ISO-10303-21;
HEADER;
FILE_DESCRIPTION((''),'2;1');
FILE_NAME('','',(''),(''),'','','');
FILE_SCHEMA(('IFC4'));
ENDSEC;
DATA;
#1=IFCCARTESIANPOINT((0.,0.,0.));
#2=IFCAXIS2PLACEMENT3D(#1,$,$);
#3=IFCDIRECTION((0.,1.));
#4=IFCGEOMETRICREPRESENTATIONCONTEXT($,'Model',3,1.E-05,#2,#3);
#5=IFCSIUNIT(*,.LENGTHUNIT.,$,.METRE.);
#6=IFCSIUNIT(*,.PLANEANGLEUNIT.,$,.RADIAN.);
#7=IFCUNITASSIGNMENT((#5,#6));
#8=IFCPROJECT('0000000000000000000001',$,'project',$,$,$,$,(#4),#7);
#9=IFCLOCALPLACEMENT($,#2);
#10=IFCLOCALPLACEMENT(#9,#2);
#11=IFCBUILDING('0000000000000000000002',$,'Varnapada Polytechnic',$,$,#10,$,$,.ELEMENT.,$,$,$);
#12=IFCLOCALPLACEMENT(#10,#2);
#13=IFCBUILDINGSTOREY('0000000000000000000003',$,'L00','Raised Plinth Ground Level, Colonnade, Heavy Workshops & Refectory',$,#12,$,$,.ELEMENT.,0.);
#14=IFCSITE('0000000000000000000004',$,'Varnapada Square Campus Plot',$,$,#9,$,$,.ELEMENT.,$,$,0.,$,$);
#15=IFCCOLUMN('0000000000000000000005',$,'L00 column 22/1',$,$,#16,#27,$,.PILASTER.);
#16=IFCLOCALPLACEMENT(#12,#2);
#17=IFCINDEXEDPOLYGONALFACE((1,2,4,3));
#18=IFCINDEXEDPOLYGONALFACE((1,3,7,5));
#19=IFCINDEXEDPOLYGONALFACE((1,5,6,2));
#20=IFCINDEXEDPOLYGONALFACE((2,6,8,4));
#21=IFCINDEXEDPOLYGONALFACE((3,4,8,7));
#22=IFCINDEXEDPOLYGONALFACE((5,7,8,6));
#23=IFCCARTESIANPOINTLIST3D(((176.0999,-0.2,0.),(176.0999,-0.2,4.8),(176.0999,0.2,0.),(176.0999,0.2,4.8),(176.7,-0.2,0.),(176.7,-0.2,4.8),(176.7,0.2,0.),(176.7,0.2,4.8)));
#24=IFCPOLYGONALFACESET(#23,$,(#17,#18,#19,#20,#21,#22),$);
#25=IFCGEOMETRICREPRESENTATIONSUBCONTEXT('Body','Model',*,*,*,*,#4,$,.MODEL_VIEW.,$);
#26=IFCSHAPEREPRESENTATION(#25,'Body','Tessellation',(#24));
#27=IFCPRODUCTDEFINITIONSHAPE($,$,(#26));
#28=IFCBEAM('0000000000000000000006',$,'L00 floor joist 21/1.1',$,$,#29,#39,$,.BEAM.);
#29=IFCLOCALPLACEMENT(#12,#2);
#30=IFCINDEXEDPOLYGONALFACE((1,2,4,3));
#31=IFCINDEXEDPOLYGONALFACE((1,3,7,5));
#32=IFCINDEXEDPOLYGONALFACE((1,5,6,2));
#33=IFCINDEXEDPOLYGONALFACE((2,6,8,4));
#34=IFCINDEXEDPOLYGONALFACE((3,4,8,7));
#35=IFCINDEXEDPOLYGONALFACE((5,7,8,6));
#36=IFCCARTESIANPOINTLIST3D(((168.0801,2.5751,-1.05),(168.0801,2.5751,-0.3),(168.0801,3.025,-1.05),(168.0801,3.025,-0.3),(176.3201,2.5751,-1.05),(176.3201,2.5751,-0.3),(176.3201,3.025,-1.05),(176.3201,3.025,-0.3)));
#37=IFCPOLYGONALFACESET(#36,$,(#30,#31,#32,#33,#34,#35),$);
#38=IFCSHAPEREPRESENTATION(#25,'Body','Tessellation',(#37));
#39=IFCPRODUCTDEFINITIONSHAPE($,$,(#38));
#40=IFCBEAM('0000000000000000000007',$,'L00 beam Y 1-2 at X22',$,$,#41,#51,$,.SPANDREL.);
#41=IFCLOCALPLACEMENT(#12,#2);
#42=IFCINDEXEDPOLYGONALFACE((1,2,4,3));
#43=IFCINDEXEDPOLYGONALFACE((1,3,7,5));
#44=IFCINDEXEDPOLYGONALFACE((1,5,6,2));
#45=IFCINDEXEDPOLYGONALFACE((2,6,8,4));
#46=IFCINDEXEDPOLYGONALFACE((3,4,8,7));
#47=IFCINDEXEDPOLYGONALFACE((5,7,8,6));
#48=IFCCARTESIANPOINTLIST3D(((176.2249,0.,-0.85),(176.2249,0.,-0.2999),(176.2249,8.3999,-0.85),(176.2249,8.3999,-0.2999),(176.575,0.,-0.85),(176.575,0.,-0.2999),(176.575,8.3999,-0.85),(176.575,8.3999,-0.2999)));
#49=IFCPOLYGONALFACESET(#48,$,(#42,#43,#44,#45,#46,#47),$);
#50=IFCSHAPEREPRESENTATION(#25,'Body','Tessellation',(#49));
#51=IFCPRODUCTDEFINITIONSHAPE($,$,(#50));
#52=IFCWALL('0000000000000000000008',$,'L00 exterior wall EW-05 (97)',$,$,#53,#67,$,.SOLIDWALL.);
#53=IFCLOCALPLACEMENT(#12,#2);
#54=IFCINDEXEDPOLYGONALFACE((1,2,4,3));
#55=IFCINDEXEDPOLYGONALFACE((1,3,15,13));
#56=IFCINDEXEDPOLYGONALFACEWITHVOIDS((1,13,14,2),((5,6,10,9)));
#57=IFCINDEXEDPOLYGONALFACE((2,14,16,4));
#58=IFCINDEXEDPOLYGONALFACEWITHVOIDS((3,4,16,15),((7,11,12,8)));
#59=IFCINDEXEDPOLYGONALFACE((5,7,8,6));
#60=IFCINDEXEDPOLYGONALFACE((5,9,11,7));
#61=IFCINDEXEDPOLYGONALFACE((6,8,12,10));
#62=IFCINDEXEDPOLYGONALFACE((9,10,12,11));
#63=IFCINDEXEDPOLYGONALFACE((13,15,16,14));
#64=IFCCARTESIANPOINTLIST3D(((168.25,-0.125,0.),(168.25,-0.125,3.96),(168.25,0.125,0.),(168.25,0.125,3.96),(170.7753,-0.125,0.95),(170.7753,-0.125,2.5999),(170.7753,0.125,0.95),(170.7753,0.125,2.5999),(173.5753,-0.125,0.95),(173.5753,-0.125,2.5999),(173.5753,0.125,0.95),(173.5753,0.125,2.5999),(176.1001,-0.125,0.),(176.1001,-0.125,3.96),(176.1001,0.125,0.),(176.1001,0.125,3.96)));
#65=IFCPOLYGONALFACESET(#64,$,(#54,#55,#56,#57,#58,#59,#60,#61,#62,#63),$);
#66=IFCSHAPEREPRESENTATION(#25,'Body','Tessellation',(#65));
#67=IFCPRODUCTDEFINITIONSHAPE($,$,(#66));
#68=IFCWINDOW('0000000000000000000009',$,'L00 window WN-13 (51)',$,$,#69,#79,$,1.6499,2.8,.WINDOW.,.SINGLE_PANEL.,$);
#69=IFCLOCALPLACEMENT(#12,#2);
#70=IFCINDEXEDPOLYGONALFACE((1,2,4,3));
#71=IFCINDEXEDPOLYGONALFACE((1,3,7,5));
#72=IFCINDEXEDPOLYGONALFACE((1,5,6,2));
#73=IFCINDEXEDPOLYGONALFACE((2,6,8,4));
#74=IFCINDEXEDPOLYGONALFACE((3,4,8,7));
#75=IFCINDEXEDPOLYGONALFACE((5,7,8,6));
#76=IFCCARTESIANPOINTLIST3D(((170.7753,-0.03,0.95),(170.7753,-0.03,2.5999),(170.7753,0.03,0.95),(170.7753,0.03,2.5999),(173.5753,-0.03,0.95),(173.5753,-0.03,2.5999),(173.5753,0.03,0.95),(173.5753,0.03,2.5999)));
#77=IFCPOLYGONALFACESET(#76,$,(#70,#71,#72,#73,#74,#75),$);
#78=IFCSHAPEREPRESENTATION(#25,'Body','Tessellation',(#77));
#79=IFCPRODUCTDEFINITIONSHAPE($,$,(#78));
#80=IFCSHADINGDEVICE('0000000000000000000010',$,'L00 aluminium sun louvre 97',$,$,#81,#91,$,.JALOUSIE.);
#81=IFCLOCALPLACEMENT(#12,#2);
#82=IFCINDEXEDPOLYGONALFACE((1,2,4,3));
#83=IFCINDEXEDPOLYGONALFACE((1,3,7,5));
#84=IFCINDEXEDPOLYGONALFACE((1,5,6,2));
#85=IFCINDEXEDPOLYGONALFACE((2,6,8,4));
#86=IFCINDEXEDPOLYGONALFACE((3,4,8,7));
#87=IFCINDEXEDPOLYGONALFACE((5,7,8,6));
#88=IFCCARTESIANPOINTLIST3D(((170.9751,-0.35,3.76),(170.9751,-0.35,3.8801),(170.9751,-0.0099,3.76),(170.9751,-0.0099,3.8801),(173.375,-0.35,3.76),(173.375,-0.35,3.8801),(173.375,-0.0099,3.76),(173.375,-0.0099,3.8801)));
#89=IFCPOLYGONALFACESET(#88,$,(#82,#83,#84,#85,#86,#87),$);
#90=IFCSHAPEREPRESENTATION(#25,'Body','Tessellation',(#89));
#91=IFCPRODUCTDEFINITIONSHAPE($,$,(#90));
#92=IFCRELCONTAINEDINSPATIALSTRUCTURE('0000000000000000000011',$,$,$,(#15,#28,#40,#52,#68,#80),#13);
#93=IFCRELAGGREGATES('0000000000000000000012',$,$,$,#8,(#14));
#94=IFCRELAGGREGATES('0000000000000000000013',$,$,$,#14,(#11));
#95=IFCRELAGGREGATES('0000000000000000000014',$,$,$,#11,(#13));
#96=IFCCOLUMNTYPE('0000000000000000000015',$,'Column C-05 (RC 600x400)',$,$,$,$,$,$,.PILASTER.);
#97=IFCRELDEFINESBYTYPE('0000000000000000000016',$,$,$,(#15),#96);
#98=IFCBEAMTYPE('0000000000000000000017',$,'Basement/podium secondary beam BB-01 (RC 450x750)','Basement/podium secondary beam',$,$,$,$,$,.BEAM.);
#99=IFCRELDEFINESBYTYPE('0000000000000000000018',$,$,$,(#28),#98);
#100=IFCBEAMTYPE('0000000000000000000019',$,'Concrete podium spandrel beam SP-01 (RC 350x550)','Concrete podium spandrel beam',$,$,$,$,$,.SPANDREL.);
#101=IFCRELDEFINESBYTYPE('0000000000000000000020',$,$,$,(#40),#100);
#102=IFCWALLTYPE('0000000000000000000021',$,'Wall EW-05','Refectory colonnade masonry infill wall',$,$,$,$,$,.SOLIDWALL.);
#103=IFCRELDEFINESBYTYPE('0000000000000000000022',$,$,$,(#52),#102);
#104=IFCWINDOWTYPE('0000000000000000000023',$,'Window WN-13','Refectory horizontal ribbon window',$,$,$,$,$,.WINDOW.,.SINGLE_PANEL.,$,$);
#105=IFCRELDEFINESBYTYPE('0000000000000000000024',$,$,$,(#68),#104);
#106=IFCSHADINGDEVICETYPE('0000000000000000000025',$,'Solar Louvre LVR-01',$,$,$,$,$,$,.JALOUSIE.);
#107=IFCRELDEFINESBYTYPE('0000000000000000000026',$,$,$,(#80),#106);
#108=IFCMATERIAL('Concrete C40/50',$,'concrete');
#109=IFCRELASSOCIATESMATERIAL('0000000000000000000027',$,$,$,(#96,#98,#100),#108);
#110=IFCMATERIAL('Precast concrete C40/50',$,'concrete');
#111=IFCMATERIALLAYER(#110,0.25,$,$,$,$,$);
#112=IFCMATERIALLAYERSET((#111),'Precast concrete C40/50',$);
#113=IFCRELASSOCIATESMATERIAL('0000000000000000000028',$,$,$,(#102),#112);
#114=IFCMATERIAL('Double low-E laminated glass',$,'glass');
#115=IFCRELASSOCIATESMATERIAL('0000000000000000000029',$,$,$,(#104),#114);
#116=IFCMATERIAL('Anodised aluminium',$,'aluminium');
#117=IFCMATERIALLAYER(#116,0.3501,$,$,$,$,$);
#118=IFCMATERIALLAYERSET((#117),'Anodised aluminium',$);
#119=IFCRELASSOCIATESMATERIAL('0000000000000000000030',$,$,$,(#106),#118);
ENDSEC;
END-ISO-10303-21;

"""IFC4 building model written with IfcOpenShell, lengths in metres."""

from ifc_helpers import new_model, si_unit, direction, frame, frame_2d, origin, origin_2d, place, context, subcontext, project, spatial, rectangle, extrude, material, layer, layer_set, material_profile, profile_set, type_object, element, fill, save


model = new_model("IFC4")

# Units and contexts
model_context = context("Model", 3, precision=1e-05, world=origin(), true_north=direction((0.0, 1.0)))
body_context = subcontext(model_context, "Body", "Model", "MODEL_VIEW")
ifc_project = project(units=[si_unit("LENGTHUNIT", "METRE"), si_unit("PLANEANGLEUNIT", "RADIAN")], contexts=[model_context])

# Site, building, storey
site_placement = place(None, origin())
site = spatial("IfcSite", under=ifc_project, at=site_placement, Name="Varnapada Square Campus Plot", CompositionType="ELEMENT", RefElevation=0.0)
building_placement = place(site_placement, origin())
building = spatial("IfcBuilding", under=site, at=building_placement, Name="Varnapada Polytechnic", CompositionType="ELEMENT")
storey_placement = place(building_placement, origin())
storey = spatial("IfcBuildingStorey", under=building, at=storey_placement, Name="L00", Description="Raised Plinth Ground Level, Colonnade, Heavy Workshops & Refectory", CompositionType="ELEMENT", Elevation=0.0)

# Column
ifc_material_1 = material(Name="Concrete C40/50", Category="concrete")
ifc_material_profile_1 = material_profile(ifc_material_1, rectangle(XDim=0.6001, YDim=0.3999, at=origin_2d()), Name="RC 600x400")
ifc_profile_set_1 = profile_set([ifc_material_profile_1], Name="Concrete C40/50")
column_type = type_object("IfcColumnType", Name="Column C-05 (RC 600x400)", PredefinedType="PILASTER", material=ifc_profile_set_1)
column_placement = place(storey_placement, frame((176.3999, 0.0, 0.0), z_axis=(0.0, 0.0, 1.0), x_axis=(1.0, 0.0, 0.0)))
element("IfcColumn", 1, at=column_placement, inside=storey, type_object=column_type, Name="L00 column 22/1", PredefinedType="PILASTER", context=body_context, shape_type="SweptSolid", body=[
    extrude(rectangle(XDim=0.6001, YDim=0.3999, at=origin_2d()), origin(), (0.0, 0.0, 1.0), 4.8),
])

# Beams
ifc_material_profile_2 = material_profile(ifc_material_1, rectangle(XDim=0.45, YDim=0.75, at=origin_2d()), Name="RC 450x750")
ifc_profile_set_2 = profile_set([ifc_material_profile_2], Name="Concrete C40/50")
beam_type_1 = type_object("IfcBeamType", Name="Basement/podium secondary beam BB-01 (RC 450x750)", Description="Basement/podium secondary beam", PredefinedType="BEAM", material=ifc_profile_set_2)
beam_1_placement = place(storey_placement, frame((168.0801, 2.8, -0.675), z_axis=(1.0, 0.0, 0.0), x_axis=(0.0, 1.0, 0.0)))
element("IfcBeam", 2, at=beam_1_placement, inside=storey, type_object=beam_type_1, Name="L00 floor joist 21/1.1", PredefinedType="BEAM", context=body_context, shape_type="SweptSolid", body=[
    extrude(rectangle(XDim=0.45, YDim=0.75, at=origin_2d()), origin(), (0.0, 0.0, 1.0), 8.24),
])
ifc_material_profile_3 = material_profile(ifc_material_1, rectangle(XDim=0.3501, YDim=0.55, at=origin_2d()), Name="RC 350x550")
ifc_profile_set_3 = profile_set([ifc_material_profile_3], Name="Concrete C40/50")
beam_type_2 = type_object("IfcBeamType", Name="Concrete podium spandrel beam SP-01 (RC 350x550)", Description="Concrete podium spandrel beam", PredefinedType="SPANDREL", material=ifc_profile_set_3)
beam_2_placement = place(storey_placement, frame((176.3999, 0.0, -0.575), z_axis=(0.0, 1.0, 0.0), x_axis=(-1.0, 0.0, 0.0)))
element("IfcBeam", 3, at=beam_2_placement, inside=storey, type_object=beam_type_2, Name="L00 beam Y 1-2 at X22", PredefinedType="SPANDREL", context=body_context, shape_type="SweptSolid", body=[
    extrude(rectangle(XDim=0.3501, YDim=0.55, at=origin_2d()), origin(), (0.0, 0.0, 1.0), 8.3999),
])

# Wall, opening, window
ifc_material_2 = material(Name="Precast concrete C40/50", Category="concrete")
ifc_layer_1 = layer(ifc_material_2, 0.25)
ifc_layer_set_1 = layer_set([ifc_layer_1], Name="Precast concrete C40/50")
wall_type = type_object("IfcWallType", Name="Wall EW-05", Description="Refectory colonnade masonry infill wall", PredefinedType="SOLIDWALL", material=ifc_layer_set_1)
wall_placement = place(storey_placement, frame((176.1001, 0.0, 0.0), z_axis=(0.0, 0.0, 1.0), x_axis=(-1.0, 0.0, 0.0)))
wall = element("IfcWall", 4, at=wall_placement, inside=storey, type_object=wall_type, Name="L00 exterior wall EW-05 (97)", PredefinedType="SOLIDWALL", context=body_context, shape_type="SweptSolid", body=[
    extrude(rectangle(XDim=7.8501, YDim=0.25, at=frame_2d((3.925, 0.0))), origin(), (0.0, 0.0, 1.0), 3.96),
])
opening_1_placement = place(wall_placement, frame((2.5249, 0.0, 0.95)))
opening_1 = element("IfcOpeningElement", 5, at=opening_1_placement, cuts=wall, PredefinedType="OPENING", context=body_context, shape_type="SweptSolid", body=[
    extrude(rectangle(XDim=2.8, YDim=1.6499, at=frame_2d((1.3999, 0.825))), frame((0.0, 0.135, 0.0), z_axis=(0.0, -1.0, 0.0), x_axis=(1.0, 0.0, 0.0)), (0.0, 0.0, 1.0), 0.27),
])
ifc_material_3 = material(Name="Double low-E laminated glass", Category="glass")
window_type = type_object("IfcWindowType", Name="Window WN-13", Description="Refectory horizontal ribbon window", PartitioningType="SINGLE_PANEL", PredefinedType="WINDOW", material=ifc_material_3)
window_placement = place(opening_1_placement, origin())
window = element("IfcWindow", 6, at=window_placement, inside=storey, type_object=window_type, Name="L00 window WN-13 (51)", OverallHeight=1.6499, OverallWidth=2.8, PartitioningType="SINGLE_PANEL", PredefinedType="WINDOW", context=body_context, shape_type="SweptSolid", body=[
    extrude(rectangle(XDim=2.8, YDim=1.6499, at=frame_2d((1.3999, 0.825))), frame((0.0, 0.03, 0.0), z_axis=(0.0, -1.0, 0.0), x_axis=(1.0, 0.0, 0.0)), (0.0, 0.0, 1.0), 0.0601),
])
fill(opening_1, window)

# Shading device
ifc_material_4 = material(Name="Anodised aluminium", Category="aluminium")
ifc_layer_2 = layer(ifc_material_4, 0.3501)
ifc_layer_set_2 = layer_set([ifc_layer_2], Name="Anodised aluminium")
shading_device_type_1 = type_object("IfcShadingDeviceType", Name="Solar Louvre LVR-01", PredefinedType="JALOUSIE", material=ifc_layer_set_2)
shading_device_1_placement = place(storey_placement, frame((172.175, -0.1799, 3.76), z_axis=(0.0, 0.0, 1.0), x_axis=(-1.0, 0.0, 0.0)))
element("IfcShadingDevice", 7, at=shading_device_1_placement, inside=storey, type_object=shading_device_type_1, Name="L00 aluminium sun louvre 97", PredefinedType="JALOUSIE", context=body_context, shape_type="SweptSolid", body=[
    extrude(rectangle(XDim=2.3999, YDim=0.3401, at=origin_2d()), origin(), (0.0, 0.0, 1.0), 0.1201),
])

save(model, "model.ifc")
